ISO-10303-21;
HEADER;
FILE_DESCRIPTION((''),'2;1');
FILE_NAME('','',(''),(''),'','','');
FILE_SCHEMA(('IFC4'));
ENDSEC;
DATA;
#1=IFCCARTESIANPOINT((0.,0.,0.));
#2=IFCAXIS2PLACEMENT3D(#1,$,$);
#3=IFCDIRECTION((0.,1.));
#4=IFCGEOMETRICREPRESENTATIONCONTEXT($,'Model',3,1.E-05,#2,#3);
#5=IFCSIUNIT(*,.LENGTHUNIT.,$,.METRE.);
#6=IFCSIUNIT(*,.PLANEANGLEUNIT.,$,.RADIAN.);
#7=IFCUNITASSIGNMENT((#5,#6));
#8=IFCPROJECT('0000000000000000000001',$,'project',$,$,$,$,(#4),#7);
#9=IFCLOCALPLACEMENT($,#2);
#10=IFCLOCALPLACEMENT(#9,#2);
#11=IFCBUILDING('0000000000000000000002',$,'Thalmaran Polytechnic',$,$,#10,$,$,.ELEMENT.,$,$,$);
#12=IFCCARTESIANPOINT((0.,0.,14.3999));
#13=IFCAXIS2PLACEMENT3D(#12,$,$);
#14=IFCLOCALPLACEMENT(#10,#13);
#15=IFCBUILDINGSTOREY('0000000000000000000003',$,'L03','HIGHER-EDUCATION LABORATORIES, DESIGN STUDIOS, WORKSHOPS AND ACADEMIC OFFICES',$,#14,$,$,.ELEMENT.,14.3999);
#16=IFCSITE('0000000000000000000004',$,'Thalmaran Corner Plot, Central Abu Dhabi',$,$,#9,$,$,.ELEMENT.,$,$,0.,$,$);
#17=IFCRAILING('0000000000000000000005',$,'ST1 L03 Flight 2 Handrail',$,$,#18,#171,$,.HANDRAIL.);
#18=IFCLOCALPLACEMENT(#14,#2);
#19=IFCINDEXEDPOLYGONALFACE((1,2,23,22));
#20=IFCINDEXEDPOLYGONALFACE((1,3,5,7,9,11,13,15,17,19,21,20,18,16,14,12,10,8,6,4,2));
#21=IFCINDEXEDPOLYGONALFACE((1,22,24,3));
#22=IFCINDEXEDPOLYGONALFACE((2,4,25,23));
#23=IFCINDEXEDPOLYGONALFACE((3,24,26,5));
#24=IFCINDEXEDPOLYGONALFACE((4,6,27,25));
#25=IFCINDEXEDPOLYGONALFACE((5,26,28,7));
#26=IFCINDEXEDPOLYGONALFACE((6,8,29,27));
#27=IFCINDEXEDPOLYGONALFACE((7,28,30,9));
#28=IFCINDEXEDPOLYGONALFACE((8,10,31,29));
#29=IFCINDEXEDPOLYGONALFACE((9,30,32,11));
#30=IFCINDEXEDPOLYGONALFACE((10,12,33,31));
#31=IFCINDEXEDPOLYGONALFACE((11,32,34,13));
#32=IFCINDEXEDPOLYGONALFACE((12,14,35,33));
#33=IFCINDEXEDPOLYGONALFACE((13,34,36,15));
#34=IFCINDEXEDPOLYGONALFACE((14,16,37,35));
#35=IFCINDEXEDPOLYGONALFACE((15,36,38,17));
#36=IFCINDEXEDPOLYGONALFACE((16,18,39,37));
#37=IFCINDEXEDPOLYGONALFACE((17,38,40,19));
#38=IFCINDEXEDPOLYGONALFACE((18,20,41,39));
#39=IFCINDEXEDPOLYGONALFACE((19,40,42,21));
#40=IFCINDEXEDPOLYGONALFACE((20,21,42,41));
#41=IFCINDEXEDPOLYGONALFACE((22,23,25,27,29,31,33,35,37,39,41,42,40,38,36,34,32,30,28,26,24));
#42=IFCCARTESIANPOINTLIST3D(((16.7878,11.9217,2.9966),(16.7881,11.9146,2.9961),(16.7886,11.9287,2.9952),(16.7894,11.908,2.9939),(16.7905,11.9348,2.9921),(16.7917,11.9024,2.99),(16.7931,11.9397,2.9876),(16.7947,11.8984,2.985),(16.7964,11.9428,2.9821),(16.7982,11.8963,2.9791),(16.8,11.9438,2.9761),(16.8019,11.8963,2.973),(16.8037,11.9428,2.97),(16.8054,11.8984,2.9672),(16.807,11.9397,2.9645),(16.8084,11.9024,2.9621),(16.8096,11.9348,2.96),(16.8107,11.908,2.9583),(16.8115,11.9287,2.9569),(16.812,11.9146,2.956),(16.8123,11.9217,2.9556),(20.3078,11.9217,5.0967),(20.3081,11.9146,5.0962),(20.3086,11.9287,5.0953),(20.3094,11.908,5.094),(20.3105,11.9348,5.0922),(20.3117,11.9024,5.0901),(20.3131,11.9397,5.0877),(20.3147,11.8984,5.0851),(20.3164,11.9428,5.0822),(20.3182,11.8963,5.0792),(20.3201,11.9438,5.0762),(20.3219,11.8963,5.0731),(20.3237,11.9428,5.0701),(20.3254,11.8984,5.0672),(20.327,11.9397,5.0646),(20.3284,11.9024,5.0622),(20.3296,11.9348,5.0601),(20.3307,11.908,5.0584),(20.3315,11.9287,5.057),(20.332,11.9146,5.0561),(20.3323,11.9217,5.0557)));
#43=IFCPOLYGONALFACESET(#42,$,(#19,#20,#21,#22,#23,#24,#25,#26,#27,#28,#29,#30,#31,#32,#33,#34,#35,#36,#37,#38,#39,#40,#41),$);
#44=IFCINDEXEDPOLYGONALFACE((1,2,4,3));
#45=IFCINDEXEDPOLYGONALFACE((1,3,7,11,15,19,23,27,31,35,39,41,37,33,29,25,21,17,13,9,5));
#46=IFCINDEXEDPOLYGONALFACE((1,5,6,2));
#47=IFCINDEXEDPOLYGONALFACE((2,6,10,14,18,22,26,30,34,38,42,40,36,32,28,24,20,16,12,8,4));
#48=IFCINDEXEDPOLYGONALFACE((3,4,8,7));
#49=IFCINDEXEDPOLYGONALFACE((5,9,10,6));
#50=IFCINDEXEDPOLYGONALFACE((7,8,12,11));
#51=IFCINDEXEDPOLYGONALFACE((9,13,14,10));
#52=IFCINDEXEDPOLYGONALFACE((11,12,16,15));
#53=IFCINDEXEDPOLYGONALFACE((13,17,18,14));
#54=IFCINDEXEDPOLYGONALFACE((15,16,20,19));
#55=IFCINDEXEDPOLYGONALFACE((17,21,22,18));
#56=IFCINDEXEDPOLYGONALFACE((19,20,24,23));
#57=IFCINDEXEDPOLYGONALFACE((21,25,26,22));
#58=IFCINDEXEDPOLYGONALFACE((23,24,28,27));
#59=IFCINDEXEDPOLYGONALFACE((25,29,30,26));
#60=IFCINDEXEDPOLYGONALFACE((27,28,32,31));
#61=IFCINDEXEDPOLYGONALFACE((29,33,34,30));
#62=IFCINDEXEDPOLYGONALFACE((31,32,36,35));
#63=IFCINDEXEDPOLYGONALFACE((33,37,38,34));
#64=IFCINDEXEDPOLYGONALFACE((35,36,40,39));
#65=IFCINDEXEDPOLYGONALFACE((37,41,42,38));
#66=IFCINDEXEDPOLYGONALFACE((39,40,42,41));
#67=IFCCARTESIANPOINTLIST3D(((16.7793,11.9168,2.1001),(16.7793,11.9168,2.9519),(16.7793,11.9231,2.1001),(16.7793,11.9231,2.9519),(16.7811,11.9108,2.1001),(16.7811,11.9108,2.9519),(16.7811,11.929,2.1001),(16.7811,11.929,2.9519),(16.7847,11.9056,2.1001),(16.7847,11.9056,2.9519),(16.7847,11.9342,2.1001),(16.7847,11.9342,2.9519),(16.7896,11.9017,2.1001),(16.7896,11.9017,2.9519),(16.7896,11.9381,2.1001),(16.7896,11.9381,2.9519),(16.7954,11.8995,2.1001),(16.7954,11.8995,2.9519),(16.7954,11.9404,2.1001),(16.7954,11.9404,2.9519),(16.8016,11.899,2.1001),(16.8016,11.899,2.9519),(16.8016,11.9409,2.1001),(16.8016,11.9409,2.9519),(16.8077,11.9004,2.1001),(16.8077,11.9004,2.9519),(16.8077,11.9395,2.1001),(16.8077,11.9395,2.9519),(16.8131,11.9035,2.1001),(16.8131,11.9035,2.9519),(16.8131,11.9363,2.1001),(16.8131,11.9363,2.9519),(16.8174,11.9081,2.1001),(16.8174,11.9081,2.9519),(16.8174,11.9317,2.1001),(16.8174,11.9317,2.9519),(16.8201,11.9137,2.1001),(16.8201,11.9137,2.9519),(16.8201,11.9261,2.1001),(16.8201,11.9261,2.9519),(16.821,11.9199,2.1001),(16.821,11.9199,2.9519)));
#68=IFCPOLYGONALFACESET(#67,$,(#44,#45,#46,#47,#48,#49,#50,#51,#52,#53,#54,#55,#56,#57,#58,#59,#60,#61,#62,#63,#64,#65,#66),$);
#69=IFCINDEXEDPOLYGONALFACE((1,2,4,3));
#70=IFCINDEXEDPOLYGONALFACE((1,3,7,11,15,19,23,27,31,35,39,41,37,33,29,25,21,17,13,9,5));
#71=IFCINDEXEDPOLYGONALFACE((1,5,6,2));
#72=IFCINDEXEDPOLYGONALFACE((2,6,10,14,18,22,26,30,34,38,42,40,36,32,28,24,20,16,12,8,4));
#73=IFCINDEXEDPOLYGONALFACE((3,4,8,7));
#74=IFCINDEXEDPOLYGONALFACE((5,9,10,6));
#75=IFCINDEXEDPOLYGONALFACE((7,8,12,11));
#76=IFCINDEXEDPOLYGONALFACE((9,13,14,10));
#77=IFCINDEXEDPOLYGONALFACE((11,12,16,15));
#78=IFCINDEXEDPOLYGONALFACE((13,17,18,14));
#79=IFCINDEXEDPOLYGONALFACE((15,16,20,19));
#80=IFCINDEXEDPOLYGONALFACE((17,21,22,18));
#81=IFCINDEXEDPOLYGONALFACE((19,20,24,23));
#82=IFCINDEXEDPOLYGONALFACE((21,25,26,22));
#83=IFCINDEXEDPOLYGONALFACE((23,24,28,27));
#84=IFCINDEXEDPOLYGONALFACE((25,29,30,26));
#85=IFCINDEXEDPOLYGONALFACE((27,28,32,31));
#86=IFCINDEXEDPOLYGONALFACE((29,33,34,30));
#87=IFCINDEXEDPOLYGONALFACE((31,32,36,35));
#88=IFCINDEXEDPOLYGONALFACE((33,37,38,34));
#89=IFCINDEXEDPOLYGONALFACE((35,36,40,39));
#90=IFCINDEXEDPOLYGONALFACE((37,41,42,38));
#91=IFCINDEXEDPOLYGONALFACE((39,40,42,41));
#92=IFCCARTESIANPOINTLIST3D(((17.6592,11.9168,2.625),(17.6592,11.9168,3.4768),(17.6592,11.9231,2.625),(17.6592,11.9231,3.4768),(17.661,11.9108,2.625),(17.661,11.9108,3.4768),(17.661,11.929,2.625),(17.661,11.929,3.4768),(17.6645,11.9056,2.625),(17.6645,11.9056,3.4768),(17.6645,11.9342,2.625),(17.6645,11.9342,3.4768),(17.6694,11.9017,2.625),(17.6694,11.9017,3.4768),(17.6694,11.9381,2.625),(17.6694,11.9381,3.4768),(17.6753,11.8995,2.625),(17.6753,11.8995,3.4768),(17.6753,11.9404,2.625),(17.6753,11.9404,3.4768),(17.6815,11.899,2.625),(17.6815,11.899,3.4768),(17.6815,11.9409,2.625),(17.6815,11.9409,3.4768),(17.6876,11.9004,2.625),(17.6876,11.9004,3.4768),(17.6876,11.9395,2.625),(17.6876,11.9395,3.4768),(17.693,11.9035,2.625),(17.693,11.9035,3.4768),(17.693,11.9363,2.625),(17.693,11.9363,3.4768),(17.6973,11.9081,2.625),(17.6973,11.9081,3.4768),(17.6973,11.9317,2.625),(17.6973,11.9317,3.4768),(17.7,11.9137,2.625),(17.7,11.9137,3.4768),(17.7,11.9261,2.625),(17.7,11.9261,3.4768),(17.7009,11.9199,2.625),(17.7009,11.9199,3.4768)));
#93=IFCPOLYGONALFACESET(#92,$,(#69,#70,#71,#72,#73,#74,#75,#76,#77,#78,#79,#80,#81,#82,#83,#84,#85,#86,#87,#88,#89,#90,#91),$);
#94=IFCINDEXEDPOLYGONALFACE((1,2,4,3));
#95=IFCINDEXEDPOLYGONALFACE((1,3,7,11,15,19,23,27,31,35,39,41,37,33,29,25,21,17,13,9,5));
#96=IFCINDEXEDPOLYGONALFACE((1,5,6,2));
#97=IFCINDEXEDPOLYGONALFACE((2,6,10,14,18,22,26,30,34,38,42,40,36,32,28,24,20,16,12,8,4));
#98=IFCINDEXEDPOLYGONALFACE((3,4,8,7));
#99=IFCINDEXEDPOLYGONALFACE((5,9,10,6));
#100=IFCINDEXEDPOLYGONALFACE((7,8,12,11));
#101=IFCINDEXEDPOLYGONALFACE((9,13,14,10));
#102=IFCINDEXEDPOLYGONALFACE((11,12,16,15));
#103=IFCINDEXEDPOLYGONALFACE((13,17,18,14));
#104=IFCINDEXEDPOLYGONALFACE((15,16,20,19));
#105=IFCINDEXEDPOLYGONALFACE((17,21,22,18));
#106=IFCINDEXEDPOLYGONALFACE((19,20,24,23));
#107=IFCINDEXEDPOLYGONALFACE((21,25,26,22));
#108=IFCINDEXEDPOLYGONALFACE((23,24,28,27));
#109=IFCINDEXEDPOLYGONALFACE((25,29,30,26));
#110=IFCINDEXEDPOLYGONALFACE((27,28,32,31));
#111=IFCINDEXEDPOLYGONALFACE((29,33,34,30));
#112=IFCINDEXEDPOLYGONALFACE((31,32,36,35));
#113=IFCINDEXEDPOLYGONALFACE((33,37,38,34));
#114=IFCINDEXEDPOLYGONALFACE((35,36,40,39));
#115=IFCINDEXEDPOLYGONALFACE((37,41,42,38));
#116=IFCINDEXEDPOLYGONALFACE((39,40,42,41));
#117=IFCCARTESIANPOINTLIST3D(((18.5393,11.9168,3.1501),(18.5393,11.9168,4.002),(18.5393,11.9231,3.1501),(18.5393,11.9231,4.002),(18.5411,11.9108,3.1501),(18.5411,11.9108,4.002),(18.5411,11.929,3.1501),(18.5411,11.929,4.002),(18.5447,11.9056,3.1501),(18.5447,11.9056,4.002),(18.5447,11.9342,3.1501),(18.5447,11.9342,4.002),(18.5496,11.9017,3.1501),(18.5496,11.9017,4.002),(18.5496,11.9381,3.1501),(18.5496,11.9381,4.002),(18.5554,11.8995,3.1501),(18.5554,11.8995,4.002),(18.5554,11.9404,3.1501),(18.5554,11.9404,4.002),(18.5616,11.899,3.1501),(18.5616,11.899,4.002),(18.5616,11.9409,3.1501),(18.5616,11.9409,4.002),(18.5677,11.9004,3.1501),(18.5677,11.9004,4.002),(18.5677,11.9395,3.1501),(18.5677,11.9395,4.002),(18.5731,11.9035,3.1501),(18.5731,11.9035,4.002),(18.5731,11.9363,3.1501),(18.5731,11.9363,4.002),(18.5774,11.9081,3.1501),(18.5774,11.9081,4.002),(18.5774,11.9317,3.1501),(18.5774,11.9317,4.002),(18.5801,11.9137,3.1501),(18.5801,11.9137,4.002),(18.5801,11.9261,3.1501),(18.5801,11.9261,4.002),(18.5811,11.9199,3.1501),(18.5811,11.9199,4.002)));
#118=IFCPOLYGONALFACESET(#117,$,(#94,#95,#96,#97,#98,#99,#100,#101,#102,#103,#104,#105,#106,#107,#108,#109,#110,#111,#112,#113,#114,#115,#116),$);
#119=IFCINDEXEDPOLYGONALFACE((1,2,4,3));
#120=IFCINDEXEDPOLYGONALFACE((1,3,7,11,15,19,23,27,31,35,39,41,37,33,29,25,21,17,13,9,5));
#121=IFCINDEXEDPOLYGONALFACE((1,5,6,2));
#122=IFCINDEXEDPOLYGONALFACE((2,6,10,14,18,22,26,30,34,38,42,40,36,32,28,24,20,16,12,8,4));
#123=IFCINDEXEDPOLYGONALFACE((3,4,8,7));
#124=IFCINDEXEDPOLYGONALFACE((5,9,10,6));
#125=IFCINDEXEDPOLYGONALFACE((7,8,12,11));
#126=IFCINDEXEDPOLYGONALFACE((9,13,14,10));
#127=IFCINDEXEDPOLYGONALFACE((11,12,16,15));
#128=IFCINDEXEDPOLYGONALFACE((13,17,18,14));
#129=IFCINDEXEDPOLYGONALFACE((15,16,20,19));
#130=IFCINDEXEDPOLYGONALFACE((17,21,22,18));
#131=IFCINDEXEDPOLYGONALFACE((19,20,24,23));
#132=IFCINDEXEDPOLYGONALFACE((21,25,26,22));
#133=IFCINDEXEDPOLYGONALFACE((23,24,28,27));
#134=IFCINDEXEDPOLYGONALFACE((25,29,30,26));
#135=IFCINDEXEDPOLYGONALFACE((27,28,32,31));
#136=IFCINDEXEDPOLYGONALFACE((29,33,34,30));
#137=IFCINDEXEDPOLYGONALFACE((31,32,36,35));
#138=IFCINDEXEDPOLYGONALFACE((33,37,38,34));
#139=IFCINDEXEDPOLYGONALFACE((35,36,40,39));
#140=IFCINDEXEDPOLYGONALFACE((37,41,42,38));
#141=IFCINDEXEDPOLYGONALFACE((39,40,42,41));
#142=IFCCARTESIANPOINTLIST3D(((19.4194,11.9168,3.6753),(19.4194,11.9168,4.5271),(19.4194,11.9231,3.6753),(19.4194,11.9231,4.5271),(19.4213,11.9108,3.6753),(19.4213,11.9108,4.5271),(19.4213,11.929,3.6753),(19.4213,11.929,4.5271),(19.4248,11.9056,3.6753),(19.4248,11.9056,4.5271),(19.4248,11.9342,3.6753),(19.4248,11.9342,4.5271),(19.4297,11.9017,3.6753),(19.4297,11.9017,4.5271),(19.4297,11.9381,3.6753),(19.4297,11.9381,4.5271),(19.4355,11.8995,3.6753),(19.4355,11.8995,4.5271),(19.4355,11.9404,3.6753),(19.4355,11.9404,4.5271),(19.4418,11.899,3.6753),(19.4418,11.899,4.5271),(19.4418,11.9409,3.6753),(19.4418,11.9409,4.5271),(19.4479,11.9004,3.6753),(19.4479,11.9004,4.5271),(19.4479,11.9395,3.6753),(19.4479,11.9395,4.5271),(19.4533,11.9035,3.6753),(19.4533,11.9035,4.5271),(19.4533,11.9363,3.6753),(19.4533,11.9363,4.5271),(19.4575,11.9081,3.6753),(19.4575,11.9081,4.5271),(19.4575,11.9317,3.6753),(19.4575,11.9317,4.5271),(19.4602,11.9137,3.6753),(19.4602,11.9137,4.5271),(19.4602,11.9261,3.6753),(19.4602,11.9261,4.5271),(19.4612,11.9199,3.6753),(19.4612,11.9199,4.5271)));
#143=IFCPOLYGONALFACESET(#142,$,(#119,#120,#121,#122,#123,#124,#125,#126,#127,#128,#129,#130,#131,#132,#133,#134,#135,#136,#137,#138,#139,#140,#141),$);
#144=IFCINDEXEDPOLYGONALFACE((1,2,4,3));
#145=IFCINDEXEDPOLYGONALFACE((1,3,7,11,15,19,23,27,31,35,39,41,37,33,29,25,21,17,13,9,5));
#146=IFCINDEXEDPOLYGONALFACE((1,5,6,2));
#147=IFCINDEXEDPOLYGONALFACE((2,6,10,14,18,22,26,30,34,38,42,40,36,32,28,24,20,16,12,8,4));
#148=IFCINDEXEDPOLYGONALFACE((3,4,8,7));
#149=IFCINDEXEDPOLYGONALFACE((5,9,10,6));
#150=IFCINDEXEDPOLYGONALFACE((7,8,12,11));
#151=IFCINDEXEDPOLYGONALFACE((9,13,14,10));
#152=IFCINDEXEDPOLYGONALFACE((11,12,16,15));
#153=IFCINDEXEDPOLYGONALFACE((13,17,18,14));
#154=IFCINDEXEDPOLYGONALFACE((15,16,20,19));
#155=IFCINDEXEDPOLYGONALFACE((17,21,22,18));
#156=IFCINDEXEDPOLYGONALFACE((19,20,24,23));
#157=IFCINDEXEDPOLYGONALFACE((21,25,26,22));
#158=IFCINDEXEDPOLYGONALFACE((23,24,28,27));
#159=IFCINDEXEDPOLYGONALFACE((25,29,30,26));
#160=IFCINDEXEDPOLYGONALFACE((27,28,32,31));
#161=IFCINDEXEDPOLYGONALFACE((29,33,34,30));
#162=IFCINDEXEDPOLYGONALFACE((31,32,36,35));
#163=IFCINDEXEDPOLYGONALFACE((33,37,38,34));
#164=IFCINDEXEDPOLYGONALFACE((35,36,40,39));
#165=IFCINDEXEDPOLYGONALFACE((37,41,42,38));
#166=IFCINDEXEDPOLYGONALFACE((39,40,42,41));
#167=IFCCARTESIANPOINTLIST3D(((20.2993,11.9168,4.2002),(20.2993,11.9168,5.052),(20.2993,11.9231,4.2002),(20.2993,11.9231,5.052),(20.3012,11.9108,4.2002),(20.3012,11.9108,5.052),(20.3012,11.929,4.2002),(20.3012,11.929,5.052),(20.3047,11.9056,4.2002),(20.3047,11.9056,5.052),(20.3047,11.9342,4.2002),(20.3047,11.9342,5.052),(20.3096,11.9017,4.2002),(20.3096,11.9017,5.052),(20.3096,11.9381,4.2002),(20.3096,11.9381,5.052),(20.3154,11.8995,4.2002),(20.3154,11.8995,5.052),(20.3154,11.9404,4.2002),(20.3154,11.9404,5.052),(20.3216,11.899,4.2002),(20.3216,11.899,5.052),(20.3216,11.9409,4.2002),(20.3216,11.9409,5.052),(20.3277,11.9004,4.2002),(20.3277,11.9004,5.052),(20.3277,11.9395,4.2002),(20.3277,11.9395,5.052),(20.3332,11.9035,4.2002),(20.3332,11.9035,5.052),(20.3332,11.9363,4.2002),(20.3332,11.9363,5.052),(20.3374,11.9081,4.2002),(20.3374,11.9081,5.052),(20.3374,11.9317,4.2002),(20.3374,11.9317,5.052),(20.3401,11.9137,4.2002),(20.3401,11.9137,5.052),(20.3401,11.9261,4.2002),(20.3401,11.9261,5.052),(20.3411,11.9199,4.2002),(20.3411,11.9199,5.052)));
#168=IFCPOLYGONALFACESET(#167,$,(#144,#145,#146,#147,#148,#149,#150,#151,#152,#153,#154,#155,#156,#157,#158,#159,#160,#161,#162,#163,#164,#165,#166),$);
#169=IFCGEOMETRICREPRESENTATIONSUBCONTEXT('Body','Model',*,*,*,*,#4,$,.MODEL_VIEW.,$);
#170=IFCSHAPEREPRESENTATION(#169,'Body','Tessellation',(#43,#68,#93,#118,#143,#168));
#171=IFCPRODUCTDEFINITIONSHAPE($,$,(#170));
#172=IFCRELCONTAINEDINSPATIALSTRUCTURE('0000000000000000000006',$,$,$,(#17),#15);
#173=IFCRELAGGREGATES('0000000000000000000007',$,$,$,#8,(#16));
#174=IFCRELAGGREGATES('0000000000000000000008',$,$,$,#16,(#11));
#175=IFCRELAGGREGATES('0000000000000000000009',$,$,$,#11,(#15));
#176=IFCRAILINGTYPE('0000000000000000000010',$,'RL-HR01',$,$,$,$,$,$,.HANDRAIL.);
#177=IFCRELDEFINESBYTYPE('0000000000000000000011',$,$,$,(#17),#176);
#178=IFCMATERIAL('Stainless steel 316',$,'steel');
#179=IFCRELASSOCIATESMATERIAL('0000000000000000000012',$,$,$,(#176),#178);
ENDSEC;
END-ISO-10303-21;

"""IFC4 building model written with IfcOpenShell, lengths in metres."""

from ifc_helpers import new_model, si_unit, direction, frame, origin, origin_2d, place, context, subcontext, project, spatial, circle, extrude, material, type_object, element, save


model = new_model("IFC4")

# Units and contexts
model_context = context("Model", 3, precision=1e-05, world=origin(), true_north=direction((0.0, 1.0)))
body_context = subcontext(model_context, "Body", "Model", "MODEL_VIEW")
ifc_project = project(units=[si_unit("LENGTHUNIT", "METRE"), si_unit("PLANEANGLEUNIT", "RADIAN")], contexts=[model_context])

# Site, building, storey
site_placement = place(None, origin())
site = spatial("IfcSite", under=ifc_project, at=site_placement, Name="Thalmaran Corner Plot, Central Abu Dhabi", CompositionType="ELEMENT", RefElevation=0.0)
building_placement = place(site_placement, origin())
building = spatial("IfcBuilding", under=site, at=building_placement, Name="Thalmaran Polytechnic", CompositionType="ELEMENT")
storey_placement = place(building_placement, frame((0.0, 0.0, 14.3999)))
storey = spatial("IfcBuildingStorey", under=building, at=storey_placement, Name="L03", Description="HIGHER-EDUCATION LABORATORIES, DESIGN STUDIOS, WORKSHOPS AND ACADEMIC OFFICES", CompositionType="ELEMENT", Elevation=14.3999)

# Railing
ifc_material_1 = material(Name="Stainless steel 316", Category="steel")
railing_type_1 = type_object("IfcRailingType", Name="RL-HR01", PredefinedType="HANDRAIL", material=ifc_material_1)
railing_1_placement = place(storey_placement, frame((16.8, 11.9199, 2.1001)))
element("IfcRailing", 1, at=railing_1_placement, inside=storey, type_object=railing_type_1, Name="ST1 L03 Flight 2 Handrail", PredefinedType="HANDRAIL", context=body_context, shape_type="SweptSolid", body=[
    extrude(circle(Radius=0.0239, at=origin_2d()), frame((0.0, 0.0, 0.876), z_axis=(0.858773, 0.0, 0.512357), x_axis=(0.0, 1.0, 0.0)), (0.0, 0.0, 1.0), 4.0989),
    extrude(circle(Radius=0.021, at=origin_2d()), origin(), (0.0, 0.0, 1.0), 0.8518),
    extrude(circle(Radius=0.021, at=origin_2d()), frame((0.8799, 0.0, 0.5249)), (0.0, 0.0, 1.0), 0.8518),
    extrude(circle(Radius=0.021, at=origin_2d()), frame((1.76, 0.0, 1.05)), (0.0, 0.0, 1.0), 0.8518),
    extrude(circle(Radius=0.021, at=origin_2d()), frame((2.6401, 0.0, 1.5752)), (0.0, 0.0, 1.0), 0.8518),
    extrude(circle(Radius=0.021, at=origin_2d()), frame((3.52, 0.0, 2.1001)), (0.0, 0.0, 1.0), 0.8518),
])

save(model, "model.ifc")
